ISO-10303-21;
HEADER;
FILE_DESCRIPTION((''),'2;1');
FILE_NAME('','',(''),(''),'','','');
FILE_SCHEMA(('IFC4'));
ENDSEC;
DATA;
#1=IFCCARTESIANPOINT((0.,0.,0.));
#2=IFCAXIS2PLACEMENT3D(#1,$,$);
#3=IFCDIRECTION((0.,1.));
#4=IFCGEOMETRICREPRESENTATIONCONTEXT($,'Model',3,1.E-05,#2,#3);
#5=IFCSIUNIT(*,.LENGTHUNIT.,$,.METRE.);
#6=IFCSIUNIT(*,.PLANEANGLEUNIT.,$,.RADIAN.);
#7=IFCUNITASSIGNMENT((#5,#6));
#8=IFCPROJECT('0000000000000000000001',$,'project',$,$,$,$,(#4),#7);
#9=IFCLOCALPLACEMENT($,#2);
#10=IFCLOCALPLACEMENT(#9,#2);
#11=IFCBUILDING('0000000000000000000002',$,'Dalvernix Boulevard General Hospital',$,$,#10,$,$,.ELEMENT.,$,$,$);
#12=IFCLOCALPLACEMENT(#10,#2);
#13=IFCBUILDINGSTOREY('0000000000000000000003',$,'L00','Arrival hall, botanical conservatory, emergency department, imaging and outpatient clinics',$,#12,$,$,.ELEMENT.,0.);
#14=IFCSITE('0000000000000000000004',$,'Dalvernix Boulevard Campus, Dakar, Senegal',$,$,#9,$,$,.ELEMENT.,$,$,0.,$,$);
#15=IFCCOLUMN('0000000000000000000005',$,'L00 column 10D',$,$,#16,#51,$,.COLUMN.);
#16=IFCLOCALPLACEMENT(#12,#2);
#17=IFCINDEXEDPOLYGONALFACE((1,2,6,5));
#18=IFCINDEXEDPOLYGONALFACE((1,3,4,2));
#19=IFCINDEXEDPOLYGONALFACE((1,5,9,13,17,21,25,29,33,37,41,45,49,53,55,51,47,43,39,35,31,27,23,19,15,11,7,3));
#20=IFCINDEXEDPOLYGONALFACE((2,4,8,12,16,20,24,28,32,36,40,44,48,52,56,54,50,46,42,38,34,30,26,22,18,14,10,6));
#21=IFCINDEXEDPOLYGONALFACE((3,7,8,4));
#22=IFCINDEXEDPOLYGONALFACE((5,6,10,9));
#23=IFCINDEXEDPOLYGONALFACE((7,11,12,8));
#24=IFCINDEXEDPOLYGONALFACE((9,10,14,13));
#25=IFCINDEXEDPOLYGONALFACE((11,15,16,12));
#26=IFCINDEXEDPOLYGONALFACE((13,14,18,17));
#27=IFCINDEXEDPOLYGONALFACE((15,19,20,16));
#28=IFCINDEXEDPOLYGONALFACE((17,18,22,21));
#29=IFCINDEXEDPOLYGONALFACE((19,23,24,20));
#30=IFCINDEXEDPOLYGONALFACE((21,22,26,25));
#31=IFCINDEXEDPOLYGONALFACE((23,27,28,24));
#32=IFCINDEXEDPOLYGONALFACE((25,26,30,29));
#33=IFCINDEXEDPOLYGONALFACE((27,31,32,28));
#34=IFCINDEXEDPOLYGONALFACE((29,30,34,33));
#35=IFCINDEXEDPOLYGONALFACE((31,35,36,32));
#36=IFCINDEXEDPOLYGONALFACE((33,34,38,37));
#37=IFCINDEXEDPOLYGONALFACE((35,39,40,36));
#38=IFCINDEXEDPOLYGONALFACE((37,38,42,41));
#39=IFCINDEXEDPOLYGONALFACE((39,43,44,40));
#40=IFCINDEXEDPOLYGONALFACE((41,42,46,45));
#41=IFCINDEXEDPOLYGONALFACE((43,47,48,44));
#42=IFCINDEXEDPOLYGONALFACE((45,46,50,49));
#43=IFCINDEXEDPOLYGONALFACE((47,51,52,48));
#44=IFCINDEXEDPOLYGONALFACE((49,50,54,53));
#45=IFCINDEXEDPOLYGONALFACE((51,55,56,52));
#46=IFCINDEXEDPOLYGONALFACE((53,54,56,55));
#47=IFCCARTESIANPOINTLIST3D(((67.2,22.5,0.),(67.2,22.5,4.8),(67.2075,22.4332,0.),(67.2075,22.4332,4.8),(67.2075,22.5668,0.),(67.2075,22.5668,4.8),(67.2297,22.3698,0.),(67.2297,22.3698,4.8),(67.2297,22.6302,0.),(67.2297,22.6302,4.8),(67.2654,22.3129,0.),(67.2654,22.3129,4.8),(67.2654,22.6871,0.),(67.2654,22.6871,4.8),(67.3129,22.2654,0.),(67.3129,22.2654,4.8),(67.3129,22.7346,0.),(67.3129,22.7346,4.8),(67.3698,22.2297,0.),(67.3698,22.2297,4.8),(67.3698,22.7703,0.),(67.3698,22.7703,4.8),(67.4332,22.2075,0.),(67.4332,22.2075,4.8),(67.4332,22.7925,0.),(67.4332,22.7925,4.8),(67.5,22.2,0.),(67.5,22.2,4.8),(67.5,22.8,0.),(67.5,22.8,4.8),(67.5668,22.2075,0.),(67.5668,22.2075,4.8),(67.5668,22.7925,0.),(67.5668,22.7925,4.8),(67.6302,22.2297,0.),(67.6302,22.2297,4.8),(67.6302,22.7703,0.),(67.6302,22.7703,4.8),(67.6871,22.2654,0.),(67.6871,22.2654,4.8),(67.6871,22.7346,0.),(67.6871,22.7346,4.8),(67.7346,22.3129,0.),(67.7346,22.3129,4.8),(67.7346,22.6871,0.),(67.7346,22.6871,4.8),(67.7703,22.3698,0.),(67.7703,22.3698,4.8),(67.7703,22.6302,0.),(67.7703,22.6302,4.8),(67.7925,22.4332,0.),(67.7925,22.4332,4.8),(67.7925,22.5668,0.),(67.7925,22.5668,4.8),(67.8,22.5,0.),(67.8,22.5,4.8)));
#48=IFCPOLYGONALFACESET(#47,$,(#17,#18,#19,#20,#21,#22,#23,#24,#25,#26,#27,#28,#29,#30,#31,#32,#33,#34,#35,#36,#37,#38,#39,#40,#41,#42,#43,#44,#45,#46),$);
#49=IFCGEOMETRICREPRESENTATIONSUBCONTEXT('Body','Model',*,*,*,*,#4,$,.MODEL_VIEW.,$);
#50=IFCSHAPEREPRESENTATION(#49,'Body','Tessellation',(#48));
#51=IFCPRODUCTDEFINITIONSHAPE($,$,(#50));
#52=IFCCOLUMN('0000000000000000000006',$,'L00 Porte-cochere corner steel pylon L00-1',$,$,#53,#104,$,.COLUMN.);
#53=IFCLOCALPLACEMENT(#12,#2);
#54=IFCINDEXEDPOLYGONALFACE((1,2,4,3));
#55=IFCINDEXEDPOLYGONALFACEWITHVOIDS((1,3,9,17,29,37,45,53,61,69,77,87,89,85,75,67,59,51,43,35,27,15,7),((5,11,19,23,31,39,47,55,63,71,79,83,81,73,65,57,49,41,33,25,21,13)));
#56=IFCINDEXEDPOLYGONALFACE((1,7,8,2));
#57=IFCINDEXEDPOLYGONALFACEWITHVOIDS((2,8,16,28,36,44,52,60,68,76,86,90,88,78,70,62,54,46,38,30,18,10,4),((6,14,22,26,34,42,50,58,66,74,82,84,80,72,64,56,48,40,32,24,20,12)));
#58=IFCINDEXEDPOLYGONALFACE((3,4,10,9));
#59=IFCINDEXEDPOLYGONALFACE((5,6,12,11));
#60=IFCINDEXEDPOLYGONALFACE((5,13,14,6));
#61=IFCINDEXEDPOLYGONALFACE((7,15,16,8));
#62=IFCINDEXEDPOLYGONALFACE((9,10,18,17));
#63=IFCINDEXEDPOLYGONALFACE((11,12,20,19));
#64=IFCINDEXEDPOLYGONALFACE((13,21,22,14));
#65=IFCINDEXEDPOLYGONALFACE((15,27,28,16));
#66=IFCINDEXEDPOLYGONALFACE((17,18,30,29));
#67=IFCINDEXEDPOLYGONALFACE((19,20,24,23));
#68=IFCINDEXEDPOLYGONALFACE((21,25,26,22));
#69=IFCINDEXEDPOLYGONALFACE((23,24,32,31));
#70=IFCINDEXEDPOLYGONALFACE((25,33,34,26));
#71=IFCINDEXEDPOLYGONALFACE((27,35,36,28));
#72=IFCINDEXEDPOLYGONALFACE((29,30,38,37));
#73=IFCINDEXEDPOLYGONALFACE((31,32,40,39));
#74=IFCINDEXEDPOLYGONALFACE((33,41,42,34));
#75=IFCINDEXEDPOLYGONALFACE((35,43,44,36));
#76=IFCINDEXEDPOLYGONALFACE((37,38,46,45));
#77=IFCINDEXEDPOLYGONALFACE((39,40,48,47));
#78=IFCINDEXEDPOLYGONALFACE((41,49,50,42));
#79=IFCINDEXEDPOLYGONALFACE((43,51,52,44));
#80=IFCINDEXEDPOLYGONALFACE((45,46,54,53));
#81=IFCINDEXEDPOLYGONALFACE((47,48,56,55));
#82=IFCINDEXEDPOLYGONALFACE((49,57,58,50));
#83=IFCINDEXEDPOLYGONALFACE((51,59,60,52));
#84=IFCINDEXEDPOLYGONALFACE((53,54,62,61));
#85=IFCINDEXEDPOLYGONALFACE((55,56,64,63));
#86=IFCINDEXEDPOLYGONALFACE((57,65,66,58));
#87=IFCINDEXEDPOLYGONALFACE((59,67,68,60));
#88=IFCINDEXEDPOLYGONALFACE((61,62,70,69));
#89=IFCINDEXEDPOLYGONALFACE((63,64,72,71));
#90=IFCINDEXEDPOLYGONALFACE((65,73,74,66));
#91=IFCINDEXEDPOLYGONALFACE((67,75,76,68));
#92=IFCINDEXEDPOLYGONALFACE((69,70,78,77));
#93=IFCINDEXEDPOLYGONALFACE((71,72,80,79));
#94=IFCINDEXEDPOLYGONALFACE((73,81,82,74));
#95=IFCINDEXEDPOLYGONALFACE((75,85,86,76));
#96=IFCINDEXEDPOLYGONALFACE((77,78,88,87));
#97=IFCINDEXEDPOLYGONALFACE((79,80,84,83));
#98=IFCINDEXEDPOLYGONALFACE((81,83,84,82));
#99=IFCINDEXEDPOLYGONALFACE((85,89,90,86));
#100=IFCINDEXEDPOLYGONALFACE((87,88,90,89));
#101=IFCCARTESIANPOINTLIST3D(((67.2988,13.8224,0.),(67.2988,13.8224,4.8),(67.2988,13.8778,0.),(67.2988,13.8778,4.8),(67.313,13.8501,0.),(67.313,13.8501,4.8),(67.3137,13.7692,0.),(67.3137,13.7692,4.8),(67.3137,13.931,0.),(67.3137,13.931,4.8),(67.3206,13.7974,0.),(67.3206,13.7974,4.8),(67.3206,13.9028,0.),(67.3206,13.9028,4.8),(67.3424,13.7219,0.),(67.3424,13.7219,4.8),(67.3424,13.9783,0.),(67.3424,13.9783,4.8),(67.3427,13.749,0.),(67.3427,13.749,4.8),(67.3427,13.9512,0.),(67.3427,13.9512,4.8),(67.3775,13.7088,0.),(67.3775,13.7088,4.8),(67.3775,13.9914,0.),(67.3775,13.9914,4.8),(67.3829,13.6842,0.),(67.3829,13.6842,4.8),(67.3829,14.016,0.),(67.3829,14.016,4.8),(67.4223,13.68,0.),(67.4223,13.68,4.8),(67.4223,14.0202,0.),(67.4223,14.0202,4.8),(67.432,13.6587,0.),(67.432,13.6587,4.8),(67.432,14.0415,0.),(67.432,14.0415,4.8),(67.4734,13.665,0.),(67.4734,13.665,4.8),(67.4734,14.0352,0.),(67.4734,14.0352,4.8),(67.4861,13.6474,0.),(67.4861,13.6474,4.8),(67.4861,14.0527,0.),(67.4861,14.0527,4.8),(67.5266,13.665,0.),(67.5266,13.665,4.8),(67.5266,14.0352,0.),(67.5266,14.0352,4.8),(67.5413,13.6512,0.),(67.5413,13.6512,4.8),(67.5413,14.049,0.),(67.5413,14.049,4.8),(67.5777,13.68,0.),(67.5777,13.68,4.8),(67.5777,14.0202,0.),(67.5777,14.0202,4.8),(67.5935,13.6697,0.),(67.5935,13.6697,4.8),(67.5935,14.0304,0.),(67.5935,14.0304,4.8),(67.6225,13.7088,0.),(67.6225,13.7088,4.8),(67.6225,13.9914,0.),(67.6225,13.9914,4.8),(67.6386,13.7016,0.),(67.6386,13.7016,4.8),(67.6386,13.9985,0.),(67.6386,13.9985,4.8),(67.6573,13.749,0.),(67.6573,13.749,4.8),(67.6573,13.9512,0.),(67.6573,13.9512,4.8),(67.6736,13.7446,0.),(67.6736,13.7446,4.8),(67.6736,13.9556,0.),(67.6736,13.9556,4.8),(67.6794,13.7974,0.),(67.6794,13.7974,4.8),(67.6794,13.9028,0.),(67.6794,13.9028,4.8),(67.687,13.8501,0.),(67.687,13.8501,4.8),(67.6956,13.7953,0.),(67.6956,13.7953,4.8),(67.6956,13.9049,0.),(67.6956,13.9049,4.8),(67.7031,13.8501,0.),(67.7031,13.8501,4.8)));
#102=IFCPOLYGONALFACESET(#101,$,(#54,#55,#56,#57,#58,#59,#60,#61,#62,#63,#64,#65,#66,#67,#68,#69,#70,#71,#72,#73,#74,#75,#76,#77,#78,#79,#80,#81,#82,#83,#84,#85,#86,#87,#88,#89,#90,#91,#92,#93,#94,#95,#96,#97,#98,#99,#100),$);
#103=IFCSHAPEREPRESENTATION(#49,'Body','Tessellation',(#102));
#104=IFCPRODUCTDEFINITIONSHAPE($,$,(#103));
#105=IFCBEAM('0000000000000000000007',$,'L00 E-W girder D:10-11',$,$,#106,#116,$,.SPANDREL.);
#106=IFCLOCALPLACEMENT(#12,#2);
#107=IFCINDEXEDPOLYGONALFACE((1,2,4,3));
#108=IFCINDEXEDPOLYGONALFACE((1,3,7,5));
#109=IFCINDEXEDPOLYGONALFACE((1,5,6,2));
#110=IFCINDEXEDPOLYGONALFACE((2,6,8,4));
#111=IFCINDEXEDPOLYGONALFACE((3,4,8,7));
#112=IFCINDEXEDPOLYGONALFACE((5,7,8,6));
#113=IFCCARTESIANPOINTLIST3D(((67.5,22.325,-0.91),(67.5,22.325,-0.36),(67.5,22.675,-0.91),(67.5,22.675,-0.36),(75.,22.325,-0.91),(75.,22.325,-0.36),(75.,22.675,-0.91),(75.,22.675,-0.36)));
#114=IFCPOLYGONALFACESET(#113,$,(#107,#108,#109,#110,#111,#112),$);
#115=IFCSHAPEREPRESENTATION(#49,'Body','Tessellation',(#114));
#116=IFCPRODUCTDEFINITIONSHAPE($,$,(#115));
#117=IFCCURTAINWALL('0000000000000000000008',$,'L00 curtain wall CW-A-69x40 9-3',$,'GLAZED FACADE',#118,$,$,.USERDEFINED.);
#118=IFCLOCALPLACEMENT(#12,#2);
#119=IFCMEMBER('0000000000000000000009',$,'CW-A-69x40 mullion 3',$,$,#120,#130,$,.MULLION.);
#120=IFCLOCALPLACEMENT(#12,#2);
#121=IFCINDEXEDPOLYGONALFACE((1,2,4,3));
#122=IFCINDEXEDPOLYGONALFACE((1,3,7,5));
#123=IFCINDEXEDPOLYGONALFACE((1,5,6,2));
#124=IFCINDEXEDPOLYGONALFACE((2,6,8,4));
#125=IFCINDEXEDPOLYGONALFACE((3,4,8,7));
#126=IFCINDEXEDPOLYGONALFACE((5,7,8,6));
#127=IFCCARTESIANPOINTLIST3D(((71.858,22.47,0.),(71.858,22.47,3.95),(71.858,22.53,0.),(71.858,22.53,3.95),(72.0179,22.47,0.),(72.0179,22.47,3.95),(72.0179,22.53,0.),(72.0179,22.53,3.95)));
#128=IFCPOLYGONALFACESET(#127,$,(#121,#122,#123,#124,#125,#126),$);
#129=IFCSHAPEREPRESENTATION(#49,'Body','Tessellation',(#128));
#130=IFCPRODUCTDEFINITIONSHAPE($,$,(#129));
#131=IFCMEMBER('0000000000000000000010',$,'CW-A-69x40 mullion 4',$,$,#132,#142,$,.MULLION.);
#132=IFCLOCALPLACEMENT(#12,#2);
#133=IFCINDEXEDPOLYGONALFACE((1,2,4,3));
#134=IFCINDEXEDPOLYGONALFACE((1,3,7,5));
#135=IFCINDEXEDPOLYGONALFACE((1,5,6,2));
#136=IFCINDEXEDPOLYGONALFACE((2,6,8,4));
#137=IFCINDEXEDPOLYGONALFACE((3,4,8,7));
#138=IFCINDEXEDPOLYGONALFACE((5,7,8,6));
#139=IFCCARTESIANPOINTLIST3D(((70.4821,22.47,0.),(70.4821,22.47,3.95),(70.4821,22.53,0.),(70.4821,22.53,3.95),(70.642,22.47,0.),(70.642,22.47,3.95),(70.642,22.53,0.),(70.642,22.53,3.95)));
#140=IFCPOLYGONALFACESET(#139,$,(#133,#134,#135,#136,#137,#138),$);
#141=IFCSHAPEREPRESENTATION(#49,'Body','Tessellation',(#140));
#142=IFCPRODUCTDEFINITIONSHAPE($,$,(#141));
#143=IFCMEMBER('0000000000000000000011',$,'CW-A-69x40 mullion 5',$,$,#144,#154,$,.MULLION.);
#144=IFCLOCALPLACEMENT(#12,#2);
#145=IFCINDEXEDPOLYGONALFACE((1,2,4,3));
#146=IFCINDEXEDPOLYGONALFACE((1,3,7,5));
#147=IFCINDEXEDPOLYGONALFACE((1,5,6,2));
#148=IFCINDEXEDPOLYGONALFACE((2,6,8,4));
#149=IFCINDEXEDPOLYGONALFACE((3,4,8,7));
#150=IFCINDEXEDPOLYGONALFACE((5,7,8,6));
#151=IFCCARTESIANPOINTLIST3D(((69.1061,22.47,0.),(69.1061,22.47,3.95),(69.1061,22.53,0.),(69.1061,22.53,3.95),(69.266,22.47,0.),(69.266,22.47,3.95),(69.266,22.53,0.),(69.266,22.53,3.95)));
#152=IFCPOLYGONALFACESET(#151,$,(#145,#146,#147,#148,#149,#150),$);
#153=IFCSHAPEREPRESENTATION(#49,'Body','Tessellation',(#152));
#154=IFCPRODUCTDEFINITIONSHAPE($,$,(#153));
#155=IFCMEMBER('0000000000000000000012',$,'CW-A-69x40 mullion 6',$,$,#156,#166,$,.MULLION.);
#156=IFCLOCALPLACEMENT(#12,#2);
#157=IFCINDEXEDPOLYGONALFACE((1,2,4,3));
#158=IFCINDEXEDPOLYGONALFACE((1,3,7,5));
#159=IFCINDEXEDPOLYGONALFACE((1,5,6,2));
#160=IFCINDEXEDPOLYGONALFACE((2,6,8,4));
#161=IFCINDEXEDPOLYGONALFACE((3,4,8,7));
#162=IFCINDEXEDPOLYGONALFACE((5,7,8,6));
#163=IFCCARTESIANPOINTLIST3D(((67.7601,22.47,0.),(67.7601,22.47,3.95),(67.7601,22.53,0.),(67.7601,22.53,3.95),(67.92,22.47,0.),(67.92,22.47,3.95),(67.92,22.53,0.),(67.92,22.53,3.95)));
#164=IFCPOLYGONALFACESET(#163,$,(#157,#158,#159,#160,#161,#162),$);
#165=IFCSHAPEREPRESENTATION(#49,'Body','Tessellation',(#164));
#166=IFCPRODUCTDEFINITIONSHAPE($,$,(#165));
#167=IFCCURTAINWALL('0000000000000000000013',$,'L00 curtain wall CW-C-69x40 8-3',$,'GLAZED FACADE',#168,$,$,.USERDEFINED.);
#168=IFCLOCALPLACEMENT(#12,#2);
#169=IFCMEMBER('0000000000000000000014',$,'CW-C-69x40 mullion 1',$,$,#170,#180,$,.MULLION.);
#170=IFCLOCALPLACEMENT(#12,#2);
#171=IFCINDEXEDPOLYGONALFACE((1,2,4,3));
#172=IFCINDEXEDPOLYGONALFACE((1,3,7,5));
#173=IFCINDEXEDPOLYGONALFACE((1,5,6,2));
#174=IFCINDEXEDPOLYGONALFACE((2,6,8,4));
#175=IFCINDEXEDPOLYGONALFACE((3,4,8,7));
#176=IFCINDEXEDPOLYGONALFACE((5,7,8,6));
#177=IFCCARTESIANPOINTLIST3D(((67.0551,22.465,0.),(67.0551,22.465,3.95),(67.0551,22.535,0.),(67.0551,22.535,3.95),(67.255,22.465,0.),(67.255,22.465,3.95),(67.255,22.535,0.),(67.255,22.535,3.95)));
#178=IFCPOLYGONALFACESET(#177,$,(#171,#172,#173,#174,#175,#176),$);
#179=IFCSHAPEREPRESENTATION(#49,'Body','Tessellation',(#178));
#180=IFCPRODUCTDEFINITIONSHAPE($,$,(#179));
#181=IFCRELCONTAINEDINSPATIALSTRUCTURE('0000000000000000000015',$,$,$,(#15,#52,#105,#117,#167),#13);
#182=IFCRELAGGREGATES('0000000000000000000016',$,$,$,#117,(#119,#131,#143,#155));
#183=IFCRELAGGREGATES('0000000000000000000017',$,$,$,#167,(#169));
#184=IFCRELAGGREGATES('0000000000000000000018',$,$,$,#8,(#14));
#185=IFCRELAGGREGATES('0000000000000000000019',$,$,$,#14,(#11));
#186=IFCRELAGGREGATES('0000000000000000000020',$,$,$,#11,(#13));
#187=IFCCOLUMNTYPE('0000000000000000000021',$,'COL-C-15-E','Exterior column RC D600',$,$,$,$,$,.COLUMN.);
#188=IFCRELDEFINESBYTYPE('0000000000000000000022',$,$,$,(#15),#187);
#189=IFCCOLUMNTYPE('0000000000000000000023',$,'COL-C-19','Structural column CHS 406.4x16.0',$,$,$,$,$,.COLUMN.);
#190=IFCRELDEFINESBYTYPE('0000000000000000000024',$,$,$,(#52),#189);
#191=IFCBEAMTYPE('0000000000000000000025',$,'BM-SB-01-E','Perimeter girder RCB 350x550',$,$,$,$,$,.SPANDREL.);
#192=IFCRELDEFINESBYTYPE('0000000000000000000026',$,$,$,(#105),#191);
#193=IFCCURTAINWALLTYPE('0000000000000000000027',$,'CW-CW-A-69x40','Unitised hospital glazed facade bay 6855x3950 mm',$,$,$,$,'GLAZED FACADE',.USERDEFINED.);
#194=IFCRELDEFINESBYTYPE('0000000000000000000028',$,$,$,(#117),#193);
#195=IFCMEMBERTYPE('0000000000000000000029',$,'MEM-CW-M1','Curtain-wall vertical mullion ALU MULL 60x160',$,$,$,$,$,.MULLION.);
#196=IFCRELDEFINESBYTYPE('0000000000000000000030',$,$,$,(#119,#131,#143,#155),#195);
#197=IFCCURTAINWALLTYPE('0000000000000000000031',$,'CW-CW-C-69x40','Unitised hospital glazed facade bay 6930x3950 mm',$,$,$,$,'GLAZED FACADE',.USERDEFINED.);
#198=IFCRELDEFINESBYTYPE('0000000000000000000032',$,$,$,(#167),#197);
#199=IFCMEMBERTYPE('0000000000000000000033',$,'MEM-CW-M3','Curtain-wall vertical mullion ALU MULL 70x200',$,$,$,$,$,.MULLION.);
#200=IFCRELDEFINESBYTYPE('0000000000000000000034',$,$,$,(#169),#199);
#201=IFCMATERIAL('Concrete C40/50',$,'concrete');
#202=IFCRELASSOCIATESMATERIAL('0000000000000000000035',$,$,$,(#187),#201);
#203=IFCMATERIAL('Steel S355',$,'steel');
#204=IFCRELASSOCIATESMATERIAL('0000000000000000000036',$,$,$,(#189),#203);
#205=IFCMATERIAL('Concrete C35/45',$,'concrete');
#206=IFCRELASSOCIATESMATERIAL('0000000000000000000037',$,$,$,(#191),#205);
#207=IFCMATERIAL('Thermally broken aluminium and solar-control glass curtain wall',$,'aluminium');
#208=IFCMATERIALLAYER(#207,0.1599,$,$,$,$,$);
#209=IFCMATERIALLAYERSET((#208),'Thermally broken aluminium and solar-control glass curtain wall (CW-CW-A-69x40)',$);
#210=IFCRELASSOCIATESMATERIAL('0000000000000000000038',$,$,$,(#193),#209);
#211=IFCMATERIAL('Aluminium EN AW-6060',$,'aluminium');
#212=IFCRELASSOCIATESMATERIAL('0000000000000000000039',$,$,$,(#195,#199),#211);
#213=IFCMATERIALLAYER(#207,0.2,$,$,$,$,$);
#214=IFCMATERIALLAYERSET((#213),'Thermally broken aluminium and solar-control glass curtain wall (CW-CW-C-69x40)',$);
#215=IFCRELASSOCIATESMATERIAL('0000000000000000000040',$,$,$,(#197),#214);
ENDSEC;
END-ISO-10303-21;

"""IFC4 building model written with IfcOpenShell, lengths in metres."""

from ifc_helpers import new_model, si_unit, direction, frame, origin, origin_2d, place, context, subcontext, project, spatial, rectangle, circle, hollow_circle, extrude, material, layer, layer_set, material_profile, profile_set, type_object, element, aggregate, save


model = new_model("IFC4")

# Units and contexts
model_context = context("Model", 3, precision=1e-05, world=origin(), true_north=direction((0.0, 1.0)))
body_context = subcontext(model_context, "Body", "Model", "MODEL_VIEW")
ifc_project = project(units=[si_unit("LENGTHUNIT", "METRE"), si_unit("PLANEANGLEUNIT", "RADIAN")], contexts=[model_context])

# Site, building, storey
site_placement = place(None, origin())
site = spatial("IfcSite", under=ifc_project, at=site_placement, Name="Dalvernix Boulevard Campus, Dakar, Senegal", CompositionType="ELEMENT", RefElevation=0.0)
building_placement = place(site_placement, origin())
building = spatial("IfcBuilding", under=site, at=building_placement, Name="Dalvernix Boulevard General Hospital", CompositionType="ELEMENT")
storey_placement = place(building_placement, origin())
storey = spatial("IfcBuildingStorey", under=building, at=storey_placement, Name="L00", Description="Arrival hall, botanical conservatory, emergency department, imaging and outpatient clinics", CompositionType="ELEMENT", Elevation=0.0)

# Columns
ifc_material_1 = material(Name="Concrete C40/50", Category="concrete")
ifc_material_profile_1 = material_profile(ifc_material_1, circle(Radius=0.3, at=origin_2d()), Name="RC D600")
ifc_profile_set_1 = profile_set([ifc_material_profile_1], Name="Concrete C40/50")
column_type_1 = type_object("IfcColumnType", Name="COL-C-15-E", Description="Exterior column RC D600", PredefinedType="COLUMN", material=ifc_profile_set_1)
column_1_placement = place(storey_placement, frame((67.5, 22.5, 0.0), z_axis=(0.0, 0.0, 1.0), x_axis=(1.0, 0.0, 0.0)))
element("IfcColumn", 1, at=column_1_placement, inside=storey, type_object=column_type_1, Name="L00 column 10D", PredefinedType="COLUMN", context=body_context, shape_type="SweptSolid", body=[
    extrude(circle(Radius=0.3, at=origin_2d()), origin(), (0.0, 0.0, 1.0), 4.8),
])
ifc_material_2 = material(Name="Steel S355", Category="steel")
ifc_material_profile_2 = material_profile(ifc_material_2, hollow_circle(Radius=0.2031, WallThickness=0.0161, at=origin_2d()), Name="CHS 406.4x16.0")
ifc_profile_set_2 = profile_set([ifc_material_profile_2], Name="Steel S355")
column_type_2 = type_object("IfcColumnType", Name="COL-C-19", Description="Structural column CHS 406.4x16.0", PredefinedType="COLUMN", material=ifc_profile_set_2)
column_2_placement = place(storey_placement, frame((67.5, 13.8501, 0.0), z_axis=(0.0, 0.0, 1.0), x_axis=(1.0, 0.0, 0.0)))
element("IfcColumn", 2, at=column_2_placement, inside=storey, type_object=column_type_2, Name="L00 Porte-cochere corner steel pylon L00-1", PredefinedType="COLUMN", context=body_context, shape_type="SweptSolid", body=[
    extrude(hollow_circle(Radius=0.2031, WallThickness=0.0161, at=origin_2d()), origin(), (0.0, 0.0, 1.0), 4.8),
])

# Beam
ifc_material_3 = material(Name="Concrete C35/45", Category="concrete")
ifc_material_profile_3 = material_profile(ifc_material_3, rectangle(XDim=0.3501, YDim=0.55, at=origin_2d()), Name="RCB 350x550")
ifc_profile_set_3 = profile_set([ifc_material_profile_3], Name="Concrete C35/45")
beam_type = type_object("IfcBeamType", Name="BM-SB-01-E", Description="Perimeter girder RCB 350x550", PredefinedType="SPANDREL", material=ifc_profile_set_3)
beam_placement = place(storey_placement, frame((67.5, 22.5, -0.635), z_axis=(1.0, 0.0, 0.0), x_axis=(0.0, 1.0, 0.0)))
element("IfcBeam", 3, at=beam_placement, inside=storey, type_object=beam_type, Name="L00 E-W girder D:10-11", PredefinedType="SPANDREL", context=body_context, shape_type="SweptSolid", body=[
    extrude(rectangle(XDim=0.3501, YDim=0.55, at=origin_2d()), origin(), (0.0, 0.0, 1.0), 7.5),
])

# Curtain wall, members
ifc_material_4 = material(Name="Thermally broken aluminium and solar-control glass curtain wall", Category="aluminium")
ifc_layer_1 = layer(ifc_material_4, 0.1599)
ifc_layer_set_1 = layer_set([ifc_layer_1], Name="Thermally broken aluminium and solar-control glass curtain wall (CW-CW-A-69x40)")
curtain_wall_type_1 = type_object("IfcCurtainWallType", Name="CW-CW-A-69x40", Description="Unitised hospital glazed facade bay 6855x3950 mm", ElementType="GLAZED FACADE", PredefinedType="USERDEFINED", material=ifc_layer_set_1)
curtain_wall_1_placement = place(storey_placement, origin())
curtain_wall_1 = element("IfcCurtainWall", 4, at=curtain_wall_1_placement, inside=storey, type_object=curtain_wall_type_1, Name="L00 curtain wall CW-A-69x40 9-3", ObjectType="GLAZED FACADE", PredefinedType="USERDEFINED")
ifc_material_5 = material(Name="Aluminium EN AW-6060", Category="aluminium")
ifc_material_profile_4 = material_profile(ifc_material_5, rectangle(XDim=0.0601, YDim=0.1599, at=origin_2d()), Name="ALU MULL 60x160")
ifc_profile_set_4 = profile_set([ifc_material_profile_4], Name="Aluminium EN AW-6060")
member_type_1 = type_object("IfcMemberType", Name="MEM-CW-M1", Description="Curtain-wall vertical mullion ALU MULL 60x160", PredefinedType="MULLION", material=ifc_profile_set_4)
member_1_placement = place(storey_placement, frame((71.938, 22.5, 0.0), z_axis=(0.0, 0.0, 1.0), x_axis=(0.0, -1.0, 0.0)))
member_1 = element("IfcMember", 5, at=member_1_placement, type_object=member_type_1, Name="CW-A-69x40 mullion 3", PredefinedType="MULLION", context=body_context, shape_type="SweptSolid", body=[
    extrude(rectangle(XDim=0.0601, YDim=0.1599, at=origin_2d()), origin(), (0.0, 0.0, 1.0), 3.95),
])
member_2_placement = place(storey_placement, frame((70.562, 22.5, 0.0), z_axis=(0.0, 0.0, 1.0), x_axis=(0.0, -1.0, 0.0)))
member_2 = element("IfcMember", 6, at=member_2_placement, type_object=member_type_1, Name="CW-A-69x40 mullion 4", PredefinedType="MULLION", context=body_context, shape_type="SweptSolid", body=[
    extrude(rectangle(XDim=0.0601, YDim=0.1599, at=origin_2d()), origin(), (0.0, 0.0, 1.0), 3.95),
])
member_3_placement = place(storey_placement, frame((69.186, 22.5, 0.0), z_axis=(0.0, 0.0, 1.0), x_axis=(0.0, -1.0, 0.0)))
member_3 = element("IfcMember", 7, at=member_3_placement, type_object=member_type_1, Name="CW-A-69x40 mullion 5", PredefinedType="MULLION", context=body_context, shape_type="SweptSolid", body=[
    extrude(rectangle(XDim=0.0601, YDim=0.1599, at=origin_2d()), origin(), (0.0, 0.0, 1.0), 3.95),
])
member_4_placement = place(storey_placement, frame((67.8401, 22.5, 0.0), z_axis=(0.0, 0.0, 1.0), x_axis=(0.0, -1.0, 0.0)))
member_4 = element("IfcMember", 8, at=member_4_placement, type_object=member_type_1, Name="CW-A-69x40 mullion 6", PredefinedType="MULLION", context=body_context, shape_type="SweptSolid", body=[
    extrude(rectangle(XDim=0.0601, YDim=0.1599, at=origin_2d()), origin(), (0.0, 0.0, 1.0), 3.95),
])

# Curtain wall, member
ifc_layer_2 = layer(ifc_material_4, 0.2)
ifc_layer_set_2 = layer_set([ifc_layer_2], Name="Thermally broken aluminium and solar-control glass curtain wall (CW-CW-C-69x40)")
curtain_wall_type_2 = type_object("IfcCurtainWallType", Name="CW-CW-C-69x40", Description="Unitised hospital glazed facade bay 6930x3950 mm", ElementType="GLAZED FACADE", PredefinedType="USERDEFINED", material=ifc_layer_set_2)
curtain_wall_2_placement = place(storey_placement, origin())
curtain_wall_2 = element("IfcCurtainWall", 9, at=curtain_wall_2_placement, inside=storey, type_object=curtain_wall_type_2, Name="L00 curtain wall CW-C-69x40 8-3", ObjectType="GLAZED FACADE", PredefinedType="USERDEFINED")
ifc_material_profile_5 = material_profile(ifc_material_5, rectangle(XDim=0.0701, YDim=0.2, at=origin_2d()), Name="ALU MULL 70x200")
ifc_profile_set_5 = profile_set([ifc_material_profile_5], Name="Aluminium EN AW-6060")
member_type_2 = type_object("IfcMemberType", Name="MEM-CW-M3", Description="Curtain-wall vertical mullion ALU MULL 70x200", PredefinedType="MULLION", material=ifc_profile_set_5)
member_5_placement = place(storey_placement, frame((67.155, 22.5, 0.0), z_axis=(0.0, 0.0, 1.0), x_axis=(0.0, -1.0, 0.0)))
member_5 = element("IfcMember", 10, at=member_5_placement, type_object=member_type_2, Name="CW-C-69x40 mullion 1", PredefinedType="MULLION", context=body_context, shape_type="SweptSolid", body=[
    extrude(rectangle(XDim=0.0701, YDim=0.2, at=origin_2d()), origin(), (0.0, 0.0, 1.0), 3.95),
])

aggregate(curtain_wall_1, [member_1, member_2, member_3, member_4])
aggregate(curtain_wall_2, [member_5])

save(model, "model.ifc")
